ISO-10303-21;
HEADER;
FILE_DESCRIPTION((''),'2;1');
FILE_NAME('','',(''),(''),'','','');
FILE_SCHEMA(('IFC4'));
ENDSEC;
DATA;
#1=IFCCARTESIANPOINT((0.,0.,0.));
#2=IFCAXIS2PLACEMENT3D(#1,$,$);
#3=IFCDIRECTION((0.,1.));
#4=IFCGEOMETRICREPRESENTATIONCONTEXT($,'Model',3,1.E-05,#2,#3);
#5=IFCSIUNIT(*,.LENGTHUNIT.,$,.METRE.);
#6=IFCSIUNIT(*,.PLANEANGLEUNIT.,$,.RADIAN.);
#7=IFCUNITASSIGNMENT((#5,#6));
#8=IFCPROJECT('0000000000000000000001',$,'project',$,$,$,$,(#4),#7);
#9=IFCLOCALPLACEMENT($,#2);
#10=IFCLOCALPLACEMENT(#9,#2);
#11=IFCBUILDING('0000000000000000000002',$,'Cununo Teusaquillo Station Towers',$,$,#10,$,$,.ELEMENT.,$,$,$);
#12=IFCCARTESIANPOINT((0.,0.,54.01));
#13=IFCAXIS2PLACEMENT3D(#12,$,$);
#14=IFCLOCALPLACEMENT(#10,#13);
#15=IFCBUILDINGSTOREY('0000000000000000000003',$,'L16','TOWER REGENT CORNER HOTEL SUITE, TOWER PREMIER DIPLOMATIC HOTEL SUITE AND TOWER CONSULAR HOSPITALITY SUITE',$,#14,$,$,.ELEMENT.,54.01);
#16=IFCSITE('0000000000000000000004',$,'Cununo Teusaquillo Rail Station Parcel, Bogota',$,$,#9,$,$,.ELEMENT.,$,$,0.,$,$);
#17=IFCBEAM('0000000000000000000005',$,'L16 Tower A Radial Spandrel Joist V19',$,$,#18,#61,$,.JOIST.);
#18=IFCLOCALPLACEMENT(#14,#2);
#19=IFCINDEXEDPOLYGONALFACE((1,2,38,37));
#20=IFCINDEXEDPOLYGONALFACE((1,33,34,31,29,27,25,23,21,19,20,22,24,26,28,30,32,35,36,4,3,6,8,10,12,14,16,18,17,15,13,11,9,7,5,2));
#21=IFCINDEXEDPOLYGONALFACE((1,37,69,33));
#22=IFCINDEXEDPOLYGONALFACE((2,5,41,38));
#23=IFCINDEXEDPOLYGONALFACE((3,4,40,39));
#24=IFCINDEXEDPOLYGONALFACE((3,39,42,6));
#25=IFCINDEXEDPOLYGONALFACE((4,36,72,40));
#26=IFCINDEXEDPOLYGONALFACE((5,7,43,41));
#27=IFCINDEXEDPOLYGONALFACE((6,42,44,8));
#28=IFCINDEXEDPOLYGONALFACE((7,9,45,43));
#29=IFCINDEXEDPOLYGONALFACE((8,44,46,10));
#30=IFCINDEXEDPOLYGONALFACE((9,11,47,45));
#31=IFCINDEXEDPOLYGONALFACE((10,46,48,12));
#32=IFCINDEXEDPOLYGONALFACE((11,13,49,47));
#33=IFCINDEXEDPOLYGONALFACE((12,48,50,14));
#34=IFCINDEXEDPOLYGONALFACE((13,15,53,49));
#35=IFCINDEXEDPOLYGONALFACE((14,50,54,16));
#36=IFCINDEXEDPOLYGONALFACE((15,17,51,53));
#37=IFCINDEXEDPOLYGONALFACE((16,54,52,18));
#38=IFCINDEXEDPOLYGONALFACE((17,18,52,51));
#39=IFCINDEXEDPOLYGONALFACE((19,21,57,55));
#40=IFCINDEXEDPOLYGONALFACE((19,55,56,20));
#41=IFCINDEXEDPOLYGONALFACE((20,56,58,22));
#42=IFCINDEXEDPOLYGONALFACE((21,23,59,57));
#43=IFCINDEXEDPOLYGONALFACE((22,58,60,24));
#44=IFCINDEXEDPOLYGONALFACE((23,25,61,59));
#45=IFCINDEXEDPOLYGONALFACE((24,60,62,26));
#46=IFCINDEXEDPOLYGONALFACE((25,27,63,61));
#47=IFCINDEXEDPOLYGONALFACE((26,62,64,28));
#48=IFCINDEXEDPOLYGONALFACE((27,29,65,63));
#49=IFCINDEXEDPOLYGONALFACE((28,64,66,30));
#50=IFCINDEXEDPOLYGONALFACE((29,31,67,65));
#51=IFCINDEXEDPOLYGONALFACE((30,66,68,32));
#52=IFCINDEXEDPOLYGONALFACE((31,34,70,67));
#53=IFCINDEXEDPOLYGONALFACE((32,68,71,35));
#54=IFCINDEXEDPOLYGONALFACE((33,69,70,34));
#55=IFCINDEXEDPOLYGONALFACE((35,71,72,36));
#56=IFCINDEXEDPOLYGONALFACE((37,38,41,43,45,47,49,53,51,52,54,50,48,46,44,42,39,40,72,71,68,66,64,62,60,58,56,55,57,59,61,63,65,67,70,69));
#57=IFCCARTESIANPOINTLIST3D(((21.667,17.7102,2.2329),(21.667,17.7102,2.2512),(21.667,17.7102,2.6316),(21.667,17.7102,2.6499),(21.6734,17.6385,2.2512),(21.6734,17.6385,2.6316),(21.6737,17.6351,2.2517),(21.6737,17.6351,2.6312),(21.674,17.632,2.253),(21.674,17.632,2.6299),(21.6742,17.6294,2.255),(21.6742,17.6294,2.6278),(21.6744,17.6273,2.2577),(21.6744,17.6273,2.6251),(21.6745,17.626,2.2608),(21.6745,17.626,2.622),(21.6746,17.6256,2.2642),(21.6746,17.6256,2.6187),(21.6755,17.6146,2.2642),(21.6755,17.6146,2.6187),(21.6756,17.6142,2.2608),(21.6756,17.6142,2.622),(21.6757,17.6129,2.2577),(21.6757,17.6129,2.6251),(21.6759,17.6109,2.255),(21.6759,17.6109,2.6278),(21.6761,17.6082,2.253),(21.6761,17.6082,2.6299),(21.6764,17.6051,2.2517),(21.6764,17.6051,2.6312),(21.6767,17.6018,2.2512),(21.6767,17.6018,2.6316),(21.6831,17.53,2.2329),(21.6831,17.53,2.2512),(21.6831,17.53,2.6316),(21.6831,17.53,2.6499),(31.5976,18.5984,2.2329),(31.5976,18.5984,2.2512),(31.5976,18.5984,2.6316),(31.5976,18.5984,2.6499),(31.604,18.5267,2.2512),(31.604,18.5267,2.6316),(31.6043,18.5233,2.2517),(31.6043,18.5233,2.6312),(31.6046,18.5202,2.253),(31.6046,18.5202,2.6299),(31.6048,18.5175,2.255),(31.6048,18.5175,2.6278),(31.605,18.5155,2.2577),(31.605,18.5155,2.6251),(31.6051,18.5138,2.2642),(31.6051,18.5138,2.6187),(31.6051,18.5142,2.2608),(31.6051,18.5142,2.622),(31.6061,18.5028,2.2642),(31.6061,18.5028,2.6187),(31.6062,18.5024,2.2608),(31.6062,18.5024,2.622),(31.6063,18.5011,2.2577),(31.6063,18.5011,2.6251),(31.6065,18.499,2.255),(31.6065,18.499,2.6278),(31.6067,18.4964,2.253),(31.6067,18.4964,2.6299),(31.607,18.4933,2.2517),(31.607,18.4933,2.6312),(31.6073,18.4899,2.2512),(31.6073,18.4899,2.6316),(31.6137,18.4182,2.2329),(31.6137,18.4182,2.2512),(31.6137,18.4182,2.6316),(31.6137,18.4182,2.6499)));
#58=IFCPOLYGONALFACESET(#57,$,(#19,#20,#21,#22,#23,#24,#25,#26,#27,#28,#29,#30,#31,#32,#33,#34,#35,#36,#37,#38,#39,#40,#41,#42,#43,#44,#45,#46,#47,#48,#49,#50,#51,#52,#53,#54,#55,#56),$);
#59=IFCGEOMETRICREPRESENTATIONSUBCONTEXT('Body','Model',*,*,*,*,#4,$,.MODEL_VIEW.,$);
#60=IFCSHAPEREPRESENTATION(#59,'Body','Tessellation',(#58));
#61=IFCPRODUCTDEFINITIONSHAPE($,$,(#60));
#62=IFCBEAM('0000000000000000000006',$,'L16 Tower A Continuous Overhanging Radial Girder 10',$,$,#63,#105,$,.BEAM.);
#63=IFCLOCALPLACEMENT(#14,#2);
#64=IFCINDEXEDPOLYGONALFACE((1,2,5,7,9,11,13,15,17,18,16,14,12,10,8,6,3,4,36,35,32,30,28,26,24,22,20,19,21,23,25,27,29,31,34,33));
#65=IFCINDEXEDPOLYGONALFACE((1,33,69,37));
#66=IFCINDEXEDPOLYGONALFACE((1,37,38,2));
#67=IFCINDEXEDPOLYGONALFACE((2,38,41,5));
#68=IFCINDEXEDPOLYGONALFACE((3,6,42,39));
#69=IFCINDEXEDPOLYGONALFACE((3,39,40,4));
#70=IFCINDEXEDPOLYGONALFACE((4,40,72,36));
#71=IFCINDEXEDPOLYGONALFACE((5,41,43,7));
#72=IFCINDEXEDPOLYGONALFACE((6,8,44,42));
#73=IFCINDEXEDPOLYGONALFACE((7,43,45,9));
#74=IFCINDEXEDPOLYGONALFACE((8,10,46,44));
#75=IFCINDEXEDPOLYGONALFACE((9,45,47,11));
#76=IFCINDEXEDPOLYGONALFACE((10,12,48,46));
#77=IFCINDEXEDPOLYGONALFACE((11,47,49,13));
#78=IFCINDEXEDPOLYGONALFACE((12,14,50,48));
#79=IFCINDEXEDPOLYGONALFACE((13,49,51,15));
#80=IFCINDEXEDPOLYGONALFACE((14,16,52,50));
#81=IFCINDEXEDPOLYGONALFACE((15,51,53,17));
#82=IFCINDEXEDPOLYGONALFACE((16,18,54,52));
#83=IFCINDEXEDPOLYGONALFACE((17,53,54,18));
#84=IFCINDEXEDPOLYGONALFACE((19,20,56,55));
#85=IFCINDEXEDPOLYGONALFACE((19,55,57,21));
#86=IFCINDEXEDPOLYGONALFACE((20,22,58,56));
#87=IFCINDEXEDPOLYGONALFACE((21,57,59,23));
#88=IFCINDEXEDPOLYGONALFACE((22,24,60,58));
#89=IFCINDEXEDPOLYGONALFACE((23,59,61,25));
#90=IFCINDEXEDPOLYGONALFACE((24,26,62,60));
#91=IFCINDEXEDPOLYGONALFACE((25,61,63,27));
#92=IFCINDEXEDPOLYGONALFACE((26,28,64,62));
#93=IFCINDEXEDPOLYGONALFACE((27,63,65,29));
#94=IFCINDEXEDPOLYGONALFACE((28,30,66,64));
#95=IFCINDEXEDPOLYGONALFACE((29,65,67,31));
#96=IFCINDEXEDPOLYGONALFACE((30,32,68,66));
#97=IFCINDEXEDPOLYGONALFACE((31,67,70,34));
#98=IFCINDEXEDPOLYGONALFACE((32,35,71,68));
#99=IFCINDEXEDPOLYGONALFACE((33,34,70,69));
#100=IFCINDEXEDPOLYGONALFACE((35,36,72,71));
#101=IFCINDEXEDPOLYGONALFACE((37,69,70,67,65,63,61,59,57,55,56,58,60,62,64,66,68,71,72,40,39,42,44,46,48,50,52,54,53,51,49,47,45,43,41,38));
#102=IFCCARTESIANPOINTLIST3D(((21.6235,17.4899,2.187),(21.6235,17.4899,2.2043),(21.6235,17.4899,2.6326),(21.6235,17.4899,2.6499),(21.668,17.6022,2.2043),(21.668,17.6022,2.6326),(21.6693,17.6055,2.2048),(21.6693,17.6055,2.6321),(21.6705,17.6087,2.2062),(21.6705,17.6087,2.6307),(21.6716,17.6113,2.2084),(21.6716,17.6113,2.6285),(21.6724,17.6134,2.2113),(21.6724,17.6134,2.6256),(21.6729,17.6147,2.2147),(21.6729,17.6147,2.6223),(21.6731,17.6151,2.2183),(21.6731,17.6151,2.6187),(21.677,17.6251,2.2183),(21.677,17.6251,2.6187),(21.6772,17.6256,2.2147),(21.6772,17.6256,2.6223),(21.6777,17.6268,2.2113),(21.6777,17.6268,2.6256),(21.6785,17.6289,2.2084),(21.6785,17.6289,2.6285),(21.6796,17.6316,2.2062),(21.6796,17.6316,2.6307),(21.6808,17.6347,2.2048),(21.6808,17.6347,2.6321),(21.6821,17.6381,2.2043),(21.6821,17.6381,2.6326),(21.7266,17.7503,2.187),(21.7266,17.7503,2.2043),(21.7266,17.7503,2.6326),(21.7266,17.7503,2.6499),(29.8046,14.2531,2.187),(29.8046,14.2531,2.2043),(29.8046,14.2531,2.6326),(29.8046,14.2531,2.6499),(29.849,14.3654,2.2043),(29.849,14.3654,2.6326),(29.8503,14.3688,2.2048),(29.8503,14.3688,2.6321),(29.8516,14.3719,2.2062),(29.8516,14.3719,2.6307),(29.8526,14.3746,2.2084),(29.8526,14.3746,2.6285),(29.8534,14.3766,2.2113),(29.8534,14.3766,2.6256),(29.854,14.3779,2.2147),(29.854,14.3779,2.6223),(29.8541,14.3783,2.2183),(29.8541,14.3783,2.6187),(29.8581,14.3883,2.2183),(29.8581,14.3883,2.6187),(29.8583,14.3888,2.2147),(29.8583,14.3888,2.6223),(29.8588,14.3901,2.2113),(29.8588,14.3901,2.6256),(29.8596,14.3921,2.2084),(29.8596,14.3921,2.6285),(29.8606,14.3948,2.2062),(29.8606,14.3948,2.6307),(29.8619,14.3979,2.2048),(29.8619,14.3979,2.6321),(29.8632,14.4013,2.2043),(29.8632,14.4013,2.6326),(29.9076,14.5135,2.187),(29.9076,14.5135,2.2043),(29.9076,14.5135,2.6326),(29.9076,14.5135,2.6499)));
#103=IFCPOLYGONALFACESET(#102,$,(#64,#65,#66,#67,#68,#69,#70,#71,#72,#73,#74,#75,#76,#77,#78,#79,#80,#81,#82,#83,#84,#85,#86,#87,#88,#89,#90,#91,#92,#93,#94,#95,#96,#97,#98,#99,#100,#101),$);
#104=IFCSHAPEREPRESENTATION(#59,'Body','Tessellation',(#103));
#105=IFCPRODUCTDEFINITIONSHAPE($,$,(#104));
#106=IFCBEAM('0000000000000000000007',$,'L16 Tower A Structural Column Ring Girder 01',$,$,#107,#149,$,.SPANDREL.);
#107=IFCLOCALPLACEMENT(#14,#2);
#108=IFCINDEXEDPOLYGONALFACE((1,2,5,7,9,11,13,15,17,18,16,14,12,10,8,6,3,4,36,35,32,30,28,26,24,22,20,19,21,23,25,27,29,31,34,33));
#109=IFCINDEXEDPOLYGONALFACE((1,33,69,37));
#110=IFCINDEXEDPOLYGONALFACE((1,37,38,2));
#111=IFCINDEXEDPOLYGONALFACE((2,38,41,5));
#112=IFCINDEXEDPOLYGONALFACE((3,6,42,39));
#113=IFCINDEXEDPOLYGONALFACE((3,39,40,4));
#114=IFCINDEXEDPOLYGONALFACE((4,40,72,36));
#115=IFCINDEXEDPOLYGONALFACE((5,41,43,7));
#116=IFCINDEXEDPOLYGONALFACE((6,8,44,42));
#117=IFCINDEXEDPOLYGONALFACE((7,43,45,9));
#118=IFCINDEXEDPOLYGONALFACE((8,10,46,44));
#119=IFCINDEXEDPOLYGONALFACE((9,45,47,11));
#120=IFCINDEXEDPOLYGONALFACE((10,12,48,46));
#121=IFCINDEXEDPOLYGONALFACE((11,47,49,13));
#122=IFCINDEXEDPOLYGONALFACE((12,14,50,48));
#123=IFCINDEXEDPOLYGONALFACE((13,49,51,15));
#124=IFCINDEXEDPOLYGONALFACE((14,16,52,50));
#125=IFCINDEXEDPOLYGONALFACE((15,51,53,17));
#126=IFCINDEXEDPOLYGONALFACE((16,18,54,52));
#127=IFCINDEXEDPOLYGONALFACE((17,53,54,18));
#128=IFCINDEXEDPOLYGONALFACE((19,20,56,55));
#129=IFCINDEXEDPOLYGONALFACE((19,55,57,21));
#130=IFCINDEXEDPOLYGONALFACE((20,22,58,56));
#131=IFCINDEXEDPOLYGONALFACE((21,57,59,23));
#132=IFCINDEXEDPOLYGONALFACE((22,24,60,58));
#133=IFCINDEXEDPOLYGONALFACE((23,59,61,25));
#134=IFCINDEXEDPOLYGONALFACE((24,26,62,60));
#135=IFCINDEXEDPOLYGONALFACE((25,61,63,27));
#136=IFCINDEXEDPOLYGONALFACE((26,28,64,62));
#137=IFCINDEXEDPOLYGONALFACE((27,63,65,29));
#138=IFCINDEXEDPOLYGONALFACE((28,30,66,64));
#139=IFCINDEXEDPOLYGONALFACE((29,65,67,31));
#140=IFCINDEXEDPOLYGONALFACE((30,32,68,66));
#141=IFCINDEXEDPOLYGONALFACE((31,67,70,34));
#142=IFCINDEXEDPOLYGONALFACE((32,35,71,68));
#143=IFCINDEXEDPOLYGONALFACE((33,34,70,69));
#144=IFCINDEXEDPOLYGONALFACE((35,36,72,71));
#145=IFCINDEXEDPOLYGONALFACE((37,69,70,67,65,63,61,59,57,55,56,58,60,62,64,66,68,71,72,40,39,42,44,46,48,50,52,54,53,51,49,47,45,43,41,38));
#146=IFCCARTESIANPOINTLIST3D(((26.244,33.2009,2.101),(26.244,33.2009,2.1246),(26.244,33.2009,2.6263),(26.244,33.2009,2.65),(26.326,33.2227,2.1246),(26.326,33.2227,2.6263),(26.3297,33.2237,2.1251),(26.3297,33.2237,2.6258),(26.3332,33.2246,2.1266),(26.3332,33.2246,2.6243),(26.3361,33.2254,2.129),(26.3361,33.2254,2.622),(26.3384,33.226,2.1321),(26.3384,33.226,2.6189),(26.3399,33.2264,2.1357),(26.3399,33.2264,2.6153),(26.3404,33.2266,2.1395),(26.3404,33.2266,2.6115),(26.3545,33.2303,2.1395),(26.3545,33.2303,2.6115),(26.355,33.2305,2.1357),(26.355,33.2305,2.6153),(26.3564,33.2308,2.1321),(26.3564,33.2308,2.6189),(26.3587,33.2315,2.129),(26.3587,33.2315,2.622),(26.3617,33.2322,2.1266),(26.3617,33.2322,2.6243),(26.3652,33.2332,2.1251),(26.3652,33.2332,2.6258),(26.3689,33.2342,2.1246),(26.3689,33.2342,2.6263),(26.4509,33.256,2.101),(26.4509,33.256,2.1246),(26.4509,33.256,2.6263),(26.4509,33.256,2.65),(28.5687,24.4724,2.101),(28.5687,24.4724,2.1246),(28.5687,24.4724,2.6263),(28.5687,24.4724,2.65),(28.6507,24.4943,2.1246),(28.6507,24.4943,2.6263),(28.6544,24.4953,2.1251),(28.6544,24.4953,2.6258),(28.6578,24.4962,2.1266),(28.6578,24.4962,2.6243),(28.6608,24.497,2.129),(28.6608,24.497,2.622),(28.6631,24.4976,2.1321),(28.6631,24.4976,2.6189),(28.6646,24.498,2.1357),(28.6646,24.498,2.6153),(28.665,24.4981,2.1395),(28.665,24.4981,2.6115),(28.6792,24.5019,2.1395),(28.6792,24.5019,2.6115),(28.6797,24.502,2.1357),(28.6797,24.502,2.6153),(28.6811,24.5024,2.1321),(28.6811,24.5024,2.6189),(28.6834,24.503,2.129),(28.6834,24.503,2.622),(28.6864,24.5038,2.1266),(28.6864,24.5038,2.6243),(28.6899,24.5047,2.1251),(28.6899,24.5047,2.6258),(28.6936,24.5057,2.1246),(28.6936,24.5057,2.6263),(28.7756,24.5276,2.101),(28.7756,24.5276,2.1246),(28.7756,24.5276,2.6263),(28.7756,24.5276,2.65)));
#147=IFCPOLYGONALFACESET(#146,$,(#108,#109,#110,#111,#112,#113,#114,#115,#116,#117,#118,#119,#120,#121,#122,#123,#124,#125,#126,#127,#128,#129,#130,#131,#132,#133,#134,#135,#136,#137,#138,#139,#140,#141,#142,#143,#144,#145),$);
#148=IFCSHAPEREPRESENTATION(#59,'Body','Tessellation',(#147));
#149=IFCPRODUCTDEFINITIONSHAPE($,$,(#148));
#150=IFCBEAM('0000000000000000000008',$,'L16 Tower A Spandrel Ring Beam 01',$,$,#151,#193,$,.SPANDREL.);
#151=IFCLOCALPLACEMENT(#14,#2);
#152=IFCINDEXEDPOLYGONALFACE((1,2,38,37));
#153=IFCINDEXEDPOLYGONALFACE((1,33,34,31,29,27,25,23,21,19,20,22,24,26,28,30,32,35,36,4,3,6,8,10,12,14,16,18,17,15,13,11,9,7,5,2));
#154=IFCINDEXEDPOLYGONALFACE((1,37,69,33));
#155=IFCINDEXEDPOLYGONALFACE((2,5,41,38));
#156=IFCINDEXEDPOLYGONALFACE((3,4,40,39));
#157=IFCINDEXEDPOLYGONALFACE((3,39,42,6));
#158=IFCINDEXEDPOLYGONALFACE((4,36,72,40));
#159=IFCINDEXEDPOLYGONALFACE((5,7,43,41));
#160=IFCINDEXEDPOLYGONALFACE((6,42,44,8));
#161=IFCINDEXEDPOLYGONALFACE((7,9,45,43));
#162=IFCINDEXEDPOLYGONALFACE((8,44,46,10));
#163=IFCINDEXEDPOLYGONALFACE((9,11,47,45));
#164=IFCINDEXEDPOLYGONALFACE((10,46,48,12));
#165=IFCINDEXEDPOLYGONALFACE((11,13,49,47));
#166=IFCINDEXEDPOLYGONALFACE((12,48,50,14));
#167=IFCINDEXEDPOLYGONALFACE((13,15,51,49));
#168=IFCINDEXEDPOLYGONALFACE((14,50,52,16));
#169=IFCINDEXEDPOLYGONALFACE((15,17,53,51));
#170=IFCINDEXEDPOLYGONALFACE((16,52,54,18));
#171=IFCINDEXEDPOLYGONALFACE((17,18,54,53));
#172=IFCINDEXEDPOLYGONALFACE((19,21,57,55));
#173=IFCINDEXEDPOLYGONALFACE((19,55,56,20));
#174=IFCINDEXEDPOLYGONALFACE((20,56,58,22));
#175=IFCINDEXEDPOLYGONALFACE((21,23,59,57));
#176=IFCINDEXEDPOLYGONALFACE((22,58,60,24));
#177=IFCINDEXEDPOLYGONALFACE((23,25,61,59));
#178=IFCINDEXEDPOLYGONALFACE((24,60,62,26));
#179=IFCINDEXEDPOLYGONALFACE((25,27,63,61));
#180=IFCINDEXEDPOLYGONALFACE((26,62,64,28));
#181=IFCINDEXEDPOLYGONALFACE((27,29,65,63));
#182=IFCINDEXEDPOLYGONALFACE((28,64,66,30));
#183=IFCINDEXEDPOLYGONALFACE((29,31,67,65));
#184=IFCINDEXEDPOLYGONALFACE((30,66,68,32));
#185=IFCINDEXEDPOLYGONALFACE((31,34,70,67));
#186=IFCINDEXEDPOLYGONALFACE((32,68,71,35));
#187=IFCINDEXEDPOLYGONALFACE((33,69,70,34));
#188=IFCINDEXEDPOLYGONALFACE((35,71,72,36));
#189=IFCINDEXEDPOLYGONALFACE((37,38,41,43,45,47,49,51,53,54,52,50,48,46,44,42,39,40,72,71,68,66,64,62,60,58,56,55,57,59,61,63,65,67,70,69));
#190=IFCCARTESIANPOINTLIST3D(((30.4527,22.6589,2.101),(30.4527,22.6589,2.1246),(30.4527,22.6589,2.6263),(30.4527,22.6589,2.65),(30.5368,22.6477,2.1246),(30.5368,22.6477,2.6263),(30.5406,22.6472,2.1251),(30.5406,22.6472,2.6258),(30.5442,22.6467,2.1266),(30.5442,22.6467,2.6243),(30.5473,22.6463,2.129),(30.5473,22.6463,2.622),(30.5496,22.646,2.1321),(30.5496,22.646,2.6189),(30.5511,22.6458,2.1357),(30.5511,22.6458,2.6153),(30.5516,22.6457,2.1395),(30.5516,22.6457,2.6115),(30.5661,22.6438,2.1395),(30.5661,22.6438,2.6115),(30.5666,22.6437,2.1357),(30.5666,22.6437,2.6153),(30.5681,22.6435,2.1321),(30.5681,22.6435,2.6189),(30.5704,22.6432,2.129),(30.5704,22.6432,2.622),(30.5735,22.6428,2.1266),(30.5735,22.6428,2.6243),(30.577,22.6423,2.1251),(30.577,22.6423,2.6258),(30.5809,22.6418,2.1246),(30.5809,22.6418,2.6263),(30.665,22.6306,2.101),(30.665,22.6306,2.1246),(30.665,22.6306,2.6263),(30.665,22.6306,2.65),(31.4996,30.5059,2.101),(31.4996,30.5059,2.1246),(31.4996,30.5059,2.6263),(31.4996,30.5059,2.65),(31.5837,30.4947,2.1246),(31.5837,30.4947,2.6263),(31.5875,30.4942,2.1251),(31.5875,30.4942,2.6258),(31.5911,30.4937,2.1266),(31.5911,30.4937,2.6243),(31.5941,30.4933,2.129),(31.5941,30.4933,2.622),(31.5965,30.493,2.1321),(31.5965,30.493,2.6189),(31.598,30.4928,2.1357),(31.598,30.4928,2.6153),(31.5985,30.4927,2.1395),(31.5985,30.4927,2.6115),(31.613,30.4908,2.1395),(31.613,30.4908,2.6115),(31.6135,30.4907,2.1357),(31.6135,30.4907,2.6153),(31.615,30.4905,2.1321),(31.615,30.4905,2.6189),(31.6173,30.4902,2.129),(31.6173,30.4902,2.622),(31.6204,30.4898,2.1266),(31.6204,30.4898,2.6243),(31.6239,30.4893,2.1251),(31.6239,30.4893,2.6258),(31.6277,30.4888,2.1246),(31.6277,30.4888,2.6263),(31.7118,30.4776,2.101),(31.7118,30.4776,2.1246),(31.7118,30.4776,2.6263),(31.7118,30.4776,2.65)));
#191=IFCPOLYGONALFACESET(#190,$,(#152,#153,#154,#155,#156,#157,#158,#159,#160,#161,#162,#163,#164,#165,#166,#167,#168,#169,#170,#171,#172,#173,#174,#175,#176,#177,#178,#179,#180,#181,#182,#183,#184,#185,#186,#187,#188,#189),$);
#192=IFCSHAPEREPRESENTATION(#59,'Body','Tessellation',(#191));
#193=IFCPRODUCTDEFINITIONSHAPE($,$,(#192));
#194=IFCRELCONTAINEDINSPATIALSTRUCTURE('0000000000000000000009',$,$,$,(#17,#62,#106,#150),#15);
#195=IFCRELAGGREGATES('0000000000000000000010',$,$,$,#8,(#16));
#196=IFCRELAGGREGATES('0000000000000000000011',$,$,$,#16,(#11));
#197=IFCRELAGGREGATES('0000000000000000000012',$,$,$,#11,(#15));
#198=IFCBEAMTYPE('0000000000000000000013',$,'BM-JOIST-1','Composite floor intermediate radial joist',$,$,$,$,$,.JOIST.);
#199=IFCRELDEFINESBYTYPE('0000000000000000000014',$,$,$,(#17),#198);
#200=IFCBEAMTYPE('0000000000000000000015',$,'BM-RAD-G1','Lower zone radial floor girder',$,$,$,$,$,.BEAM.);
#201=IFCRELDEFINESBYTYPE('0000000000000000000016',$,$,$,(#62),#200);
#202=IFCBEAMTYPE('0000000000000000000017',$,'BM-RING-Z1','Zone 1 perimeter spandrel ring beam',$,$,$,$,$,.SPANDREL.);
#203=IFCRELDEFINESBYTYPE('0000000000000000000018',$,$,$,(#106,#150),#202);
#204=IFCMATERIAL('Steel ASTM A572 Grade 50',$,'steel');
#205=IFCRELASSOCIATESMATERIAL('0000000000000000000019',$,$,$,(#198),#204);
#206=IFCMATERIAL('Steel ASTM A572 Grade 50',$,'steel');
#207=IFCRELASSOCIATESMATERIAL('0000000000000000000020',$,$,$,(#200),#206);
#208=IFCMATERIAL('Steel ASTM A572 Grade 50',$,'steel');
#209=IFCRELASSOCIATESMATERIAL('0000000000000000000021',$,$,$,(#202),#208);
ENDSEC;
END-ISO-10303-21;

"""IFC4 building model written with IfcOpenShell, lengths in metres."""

from ifc_helpers import new_model, si_unit, direction, frame, origin, origin_2d, place, context, subcontext, project, spatial, i_section, extrude, material, material_profile, profile_set, type_object, element, save


model = new_model("IFC4")

# Units and contexts
model_context = context("Model", 3, precision=1e-05, world=origin(), true_north=direction((0.0, 1.0)))
body_context = subcontext(model_context, "Body", "Model", "MODEL_VIEW")
ifc_project = project(units=[si_unit("LENGTHUNIT", "METRE"), si_unit("PLANEANGLEUNIT", "RADIAN")], contexts=[model_context])

# Site, building, storey
site_placement = place(None, origin())
site = spatial("IfcSite", under=ifc_project, at=site_placement, Name="Cununo Teusaquillo Rail Station Parcel, Bogota", CompositionType="ELEMENT", RefElevation=0.0)
building_placement = place(site_placement, origin())
building = spatial("IfcBuilding", under=site, at=building_placement, Name="Cununo Teusaquillo Station Towers", CompositionType="ELEMENT")
storey_placement = place(building_placement, frame((0.0, 0.0, 54.01)))
storey = spatial("IfcBuildingStorey", under=building, at=storey_placement, Name="L16", Description="TOWER REGENT CORNER HOTEL SUITE, TOWER PREMIER DIPLOMATIC HOTEL SUITE AND TOWER CONSULAR HOSPITALITY SUITE", CompositionType="ELEMENT", Elevation=54.01)

# Beams
ifc_material_1 = material(Name="Steel ASTM A572 Grade 50", Category="steel")
ifc_material_profile_1 = material_profile(ifc_material_1, i_section(OverallWidth=0.1809, OverallDepth=0.417, WebThickness=0.011, FlangeThickness=0.0183, FilletRadius=0.0129, at=origin_2d()), Name="W16X57")
ifc_profile_set_1 = profile_set([ifc_material_profile_1], Name="Steel ASTM A572 Grade 50")
beam_type_1 = type_object("IfcBeamType", Name="BM-JOIST-1", Description="Composite floor intermediate radial joist", PredefinedType="JOIST", material=ifc_profile_set_1)
beam_1_placement = place(storey_placement, frame((21.675, 17.6201, 2.4414), z_axis=(0.996024, 0.089083, 0.0), x_axis=(-0.089083, 0.996024, 0.0)))
element("IfcBeam", 1, at=beam_1_placement, inside=storey, type_object=beam_type_1, Name="L16 Tower A Radial Spandrel Joist V19", PredefinedType="JOIST", context=body_context, shape_type="SweptSolid", body=[
    extrude(i_section(OverallWidth=0.1809, OverallDepth=0.417, WebThickness=0.011, FlangeThickness=0.0183, FilletRadius=0.0129, at=origin_2d()), origin(), (0.0, 0.0, 1.0), 9.9702),
])
ifc_material_2 = material(Name="Steel ASTM A572 Grade 50", Category="steel")
ifc_material_profile_2 = material_profile(ifc_material_2, i_section(OverallWidth=0.28, OverallDepth=0.4629, WebThickness=0.0107, FlangeThickness=0.0173, FilletRadius=0.0139, at=origin_2d()), Name="W18X76")
ifc_profile_set_2 = profile_set([ifc_material_profile_2], Name="Steel ASTM A572 Grade 50")
beam_type_2 = type_object("IfcBeamType", Name="BM-RAD-G1", Description="Lower zone radial floor girder", PredefinedType="BEAM", material=ifc_profile_set_2)
beam_2_placement = place(storey_placement, frame((21.675, 17.6201, 2.4185), z_axis=(0.929867, -0.367896, 0.0), x_axis=(0.367896, 0.929867, 0.0)))
element("IfcBeam", 2, at=beam_2_placement, inside=storey, type_object=beam_type_2, Name="L16 Tower A Continuous Overhanging Radial Girder 10", PredefinedType="BEAM", context=body_context, shape_type="SweptSolid", body=[
    extrude(i_section(OverallWidth=0.28, OverallDepth=0.4629, WebThickness=0.0107, FlangeThickness=0.0173, FilletRadius=0.0139, at=origin_2d()), origin(), (0.0, 0.0, 1.0), 8.7981),
])
ifc_material_3 = material(Name="Steel ASTM A572 Grade 50", Category="steel")
ifc_material_profile_3 = material_profile(ifc_material_3, i_section(OverallWidth=0.2141, OverallDepth=0.5491, WebThickness=0.0146, FlangeThickness=0.0237, FilletRadius=0.0149, at=origin_2d()), Name="W21X93")
ifc_profile_set_3 = profile_set([ifc_material_profile_3], Name="Steel ASTM A572 Grade 50")
beam_type_3 = type_object("IfcBeamType", Name="BM-RING-Z1", Description="Zone 1 perimeter spandrel ring beam", PredefinedType="SPANDREL", material=ifc_profile_set_3)
beam_3_placement = place(storey_placement, frame((28.6721, 24.5, 2.3755), z_axis=(-0.257363, 0.966315, 0.0), x_axis=(-0.966315, -0.257363, 0.0)))
element("IfcBeam", 3, at=beam_3_placement, inside=storey, type_object=beam_type_3, Name="L16 Tower A Structural Column Ring Girder 01", PredefinedType="SPANDREL", context=body_context, shape_type="SweptSolid", body=[
    extrude(i_section(OverallWidth=0.2141, OverallDepth=0.5491, WebThickness=0.0146, FlangeThickness=0.0237, FilletRadius=0.0149, at=origin_2d()), origin(), (0.0, 0.0, 1.0), 9.0327),
])
beam_4_placement = place(storey_placement, frame((30.5588, 22.6448, 2.3755), z_axis=(0.13224, 0.991218, 0.0), x_axis=(-0.991218, 0.13224, 0.0)))
element("IfcBeam", 4, at=beam_4_placement, inside=storey, type_object=beam_type_3, Name="L16 Tower A Spandrel Ring Beam 01", PredefinedType="SPANDREL", context=body_context, shape_type="SweptSolid", body=[
    extrude(i_section(OverallWidth=0.2141, OverallDepth=0.5491, WebThickness=0.0146, FlangeThickness=0.0237, FilletRadius=0.0149, at=origin_2d()), origin(), (0.0, 0.0, 1.0), 7.9165),
])

save(model, "model.ifc")
